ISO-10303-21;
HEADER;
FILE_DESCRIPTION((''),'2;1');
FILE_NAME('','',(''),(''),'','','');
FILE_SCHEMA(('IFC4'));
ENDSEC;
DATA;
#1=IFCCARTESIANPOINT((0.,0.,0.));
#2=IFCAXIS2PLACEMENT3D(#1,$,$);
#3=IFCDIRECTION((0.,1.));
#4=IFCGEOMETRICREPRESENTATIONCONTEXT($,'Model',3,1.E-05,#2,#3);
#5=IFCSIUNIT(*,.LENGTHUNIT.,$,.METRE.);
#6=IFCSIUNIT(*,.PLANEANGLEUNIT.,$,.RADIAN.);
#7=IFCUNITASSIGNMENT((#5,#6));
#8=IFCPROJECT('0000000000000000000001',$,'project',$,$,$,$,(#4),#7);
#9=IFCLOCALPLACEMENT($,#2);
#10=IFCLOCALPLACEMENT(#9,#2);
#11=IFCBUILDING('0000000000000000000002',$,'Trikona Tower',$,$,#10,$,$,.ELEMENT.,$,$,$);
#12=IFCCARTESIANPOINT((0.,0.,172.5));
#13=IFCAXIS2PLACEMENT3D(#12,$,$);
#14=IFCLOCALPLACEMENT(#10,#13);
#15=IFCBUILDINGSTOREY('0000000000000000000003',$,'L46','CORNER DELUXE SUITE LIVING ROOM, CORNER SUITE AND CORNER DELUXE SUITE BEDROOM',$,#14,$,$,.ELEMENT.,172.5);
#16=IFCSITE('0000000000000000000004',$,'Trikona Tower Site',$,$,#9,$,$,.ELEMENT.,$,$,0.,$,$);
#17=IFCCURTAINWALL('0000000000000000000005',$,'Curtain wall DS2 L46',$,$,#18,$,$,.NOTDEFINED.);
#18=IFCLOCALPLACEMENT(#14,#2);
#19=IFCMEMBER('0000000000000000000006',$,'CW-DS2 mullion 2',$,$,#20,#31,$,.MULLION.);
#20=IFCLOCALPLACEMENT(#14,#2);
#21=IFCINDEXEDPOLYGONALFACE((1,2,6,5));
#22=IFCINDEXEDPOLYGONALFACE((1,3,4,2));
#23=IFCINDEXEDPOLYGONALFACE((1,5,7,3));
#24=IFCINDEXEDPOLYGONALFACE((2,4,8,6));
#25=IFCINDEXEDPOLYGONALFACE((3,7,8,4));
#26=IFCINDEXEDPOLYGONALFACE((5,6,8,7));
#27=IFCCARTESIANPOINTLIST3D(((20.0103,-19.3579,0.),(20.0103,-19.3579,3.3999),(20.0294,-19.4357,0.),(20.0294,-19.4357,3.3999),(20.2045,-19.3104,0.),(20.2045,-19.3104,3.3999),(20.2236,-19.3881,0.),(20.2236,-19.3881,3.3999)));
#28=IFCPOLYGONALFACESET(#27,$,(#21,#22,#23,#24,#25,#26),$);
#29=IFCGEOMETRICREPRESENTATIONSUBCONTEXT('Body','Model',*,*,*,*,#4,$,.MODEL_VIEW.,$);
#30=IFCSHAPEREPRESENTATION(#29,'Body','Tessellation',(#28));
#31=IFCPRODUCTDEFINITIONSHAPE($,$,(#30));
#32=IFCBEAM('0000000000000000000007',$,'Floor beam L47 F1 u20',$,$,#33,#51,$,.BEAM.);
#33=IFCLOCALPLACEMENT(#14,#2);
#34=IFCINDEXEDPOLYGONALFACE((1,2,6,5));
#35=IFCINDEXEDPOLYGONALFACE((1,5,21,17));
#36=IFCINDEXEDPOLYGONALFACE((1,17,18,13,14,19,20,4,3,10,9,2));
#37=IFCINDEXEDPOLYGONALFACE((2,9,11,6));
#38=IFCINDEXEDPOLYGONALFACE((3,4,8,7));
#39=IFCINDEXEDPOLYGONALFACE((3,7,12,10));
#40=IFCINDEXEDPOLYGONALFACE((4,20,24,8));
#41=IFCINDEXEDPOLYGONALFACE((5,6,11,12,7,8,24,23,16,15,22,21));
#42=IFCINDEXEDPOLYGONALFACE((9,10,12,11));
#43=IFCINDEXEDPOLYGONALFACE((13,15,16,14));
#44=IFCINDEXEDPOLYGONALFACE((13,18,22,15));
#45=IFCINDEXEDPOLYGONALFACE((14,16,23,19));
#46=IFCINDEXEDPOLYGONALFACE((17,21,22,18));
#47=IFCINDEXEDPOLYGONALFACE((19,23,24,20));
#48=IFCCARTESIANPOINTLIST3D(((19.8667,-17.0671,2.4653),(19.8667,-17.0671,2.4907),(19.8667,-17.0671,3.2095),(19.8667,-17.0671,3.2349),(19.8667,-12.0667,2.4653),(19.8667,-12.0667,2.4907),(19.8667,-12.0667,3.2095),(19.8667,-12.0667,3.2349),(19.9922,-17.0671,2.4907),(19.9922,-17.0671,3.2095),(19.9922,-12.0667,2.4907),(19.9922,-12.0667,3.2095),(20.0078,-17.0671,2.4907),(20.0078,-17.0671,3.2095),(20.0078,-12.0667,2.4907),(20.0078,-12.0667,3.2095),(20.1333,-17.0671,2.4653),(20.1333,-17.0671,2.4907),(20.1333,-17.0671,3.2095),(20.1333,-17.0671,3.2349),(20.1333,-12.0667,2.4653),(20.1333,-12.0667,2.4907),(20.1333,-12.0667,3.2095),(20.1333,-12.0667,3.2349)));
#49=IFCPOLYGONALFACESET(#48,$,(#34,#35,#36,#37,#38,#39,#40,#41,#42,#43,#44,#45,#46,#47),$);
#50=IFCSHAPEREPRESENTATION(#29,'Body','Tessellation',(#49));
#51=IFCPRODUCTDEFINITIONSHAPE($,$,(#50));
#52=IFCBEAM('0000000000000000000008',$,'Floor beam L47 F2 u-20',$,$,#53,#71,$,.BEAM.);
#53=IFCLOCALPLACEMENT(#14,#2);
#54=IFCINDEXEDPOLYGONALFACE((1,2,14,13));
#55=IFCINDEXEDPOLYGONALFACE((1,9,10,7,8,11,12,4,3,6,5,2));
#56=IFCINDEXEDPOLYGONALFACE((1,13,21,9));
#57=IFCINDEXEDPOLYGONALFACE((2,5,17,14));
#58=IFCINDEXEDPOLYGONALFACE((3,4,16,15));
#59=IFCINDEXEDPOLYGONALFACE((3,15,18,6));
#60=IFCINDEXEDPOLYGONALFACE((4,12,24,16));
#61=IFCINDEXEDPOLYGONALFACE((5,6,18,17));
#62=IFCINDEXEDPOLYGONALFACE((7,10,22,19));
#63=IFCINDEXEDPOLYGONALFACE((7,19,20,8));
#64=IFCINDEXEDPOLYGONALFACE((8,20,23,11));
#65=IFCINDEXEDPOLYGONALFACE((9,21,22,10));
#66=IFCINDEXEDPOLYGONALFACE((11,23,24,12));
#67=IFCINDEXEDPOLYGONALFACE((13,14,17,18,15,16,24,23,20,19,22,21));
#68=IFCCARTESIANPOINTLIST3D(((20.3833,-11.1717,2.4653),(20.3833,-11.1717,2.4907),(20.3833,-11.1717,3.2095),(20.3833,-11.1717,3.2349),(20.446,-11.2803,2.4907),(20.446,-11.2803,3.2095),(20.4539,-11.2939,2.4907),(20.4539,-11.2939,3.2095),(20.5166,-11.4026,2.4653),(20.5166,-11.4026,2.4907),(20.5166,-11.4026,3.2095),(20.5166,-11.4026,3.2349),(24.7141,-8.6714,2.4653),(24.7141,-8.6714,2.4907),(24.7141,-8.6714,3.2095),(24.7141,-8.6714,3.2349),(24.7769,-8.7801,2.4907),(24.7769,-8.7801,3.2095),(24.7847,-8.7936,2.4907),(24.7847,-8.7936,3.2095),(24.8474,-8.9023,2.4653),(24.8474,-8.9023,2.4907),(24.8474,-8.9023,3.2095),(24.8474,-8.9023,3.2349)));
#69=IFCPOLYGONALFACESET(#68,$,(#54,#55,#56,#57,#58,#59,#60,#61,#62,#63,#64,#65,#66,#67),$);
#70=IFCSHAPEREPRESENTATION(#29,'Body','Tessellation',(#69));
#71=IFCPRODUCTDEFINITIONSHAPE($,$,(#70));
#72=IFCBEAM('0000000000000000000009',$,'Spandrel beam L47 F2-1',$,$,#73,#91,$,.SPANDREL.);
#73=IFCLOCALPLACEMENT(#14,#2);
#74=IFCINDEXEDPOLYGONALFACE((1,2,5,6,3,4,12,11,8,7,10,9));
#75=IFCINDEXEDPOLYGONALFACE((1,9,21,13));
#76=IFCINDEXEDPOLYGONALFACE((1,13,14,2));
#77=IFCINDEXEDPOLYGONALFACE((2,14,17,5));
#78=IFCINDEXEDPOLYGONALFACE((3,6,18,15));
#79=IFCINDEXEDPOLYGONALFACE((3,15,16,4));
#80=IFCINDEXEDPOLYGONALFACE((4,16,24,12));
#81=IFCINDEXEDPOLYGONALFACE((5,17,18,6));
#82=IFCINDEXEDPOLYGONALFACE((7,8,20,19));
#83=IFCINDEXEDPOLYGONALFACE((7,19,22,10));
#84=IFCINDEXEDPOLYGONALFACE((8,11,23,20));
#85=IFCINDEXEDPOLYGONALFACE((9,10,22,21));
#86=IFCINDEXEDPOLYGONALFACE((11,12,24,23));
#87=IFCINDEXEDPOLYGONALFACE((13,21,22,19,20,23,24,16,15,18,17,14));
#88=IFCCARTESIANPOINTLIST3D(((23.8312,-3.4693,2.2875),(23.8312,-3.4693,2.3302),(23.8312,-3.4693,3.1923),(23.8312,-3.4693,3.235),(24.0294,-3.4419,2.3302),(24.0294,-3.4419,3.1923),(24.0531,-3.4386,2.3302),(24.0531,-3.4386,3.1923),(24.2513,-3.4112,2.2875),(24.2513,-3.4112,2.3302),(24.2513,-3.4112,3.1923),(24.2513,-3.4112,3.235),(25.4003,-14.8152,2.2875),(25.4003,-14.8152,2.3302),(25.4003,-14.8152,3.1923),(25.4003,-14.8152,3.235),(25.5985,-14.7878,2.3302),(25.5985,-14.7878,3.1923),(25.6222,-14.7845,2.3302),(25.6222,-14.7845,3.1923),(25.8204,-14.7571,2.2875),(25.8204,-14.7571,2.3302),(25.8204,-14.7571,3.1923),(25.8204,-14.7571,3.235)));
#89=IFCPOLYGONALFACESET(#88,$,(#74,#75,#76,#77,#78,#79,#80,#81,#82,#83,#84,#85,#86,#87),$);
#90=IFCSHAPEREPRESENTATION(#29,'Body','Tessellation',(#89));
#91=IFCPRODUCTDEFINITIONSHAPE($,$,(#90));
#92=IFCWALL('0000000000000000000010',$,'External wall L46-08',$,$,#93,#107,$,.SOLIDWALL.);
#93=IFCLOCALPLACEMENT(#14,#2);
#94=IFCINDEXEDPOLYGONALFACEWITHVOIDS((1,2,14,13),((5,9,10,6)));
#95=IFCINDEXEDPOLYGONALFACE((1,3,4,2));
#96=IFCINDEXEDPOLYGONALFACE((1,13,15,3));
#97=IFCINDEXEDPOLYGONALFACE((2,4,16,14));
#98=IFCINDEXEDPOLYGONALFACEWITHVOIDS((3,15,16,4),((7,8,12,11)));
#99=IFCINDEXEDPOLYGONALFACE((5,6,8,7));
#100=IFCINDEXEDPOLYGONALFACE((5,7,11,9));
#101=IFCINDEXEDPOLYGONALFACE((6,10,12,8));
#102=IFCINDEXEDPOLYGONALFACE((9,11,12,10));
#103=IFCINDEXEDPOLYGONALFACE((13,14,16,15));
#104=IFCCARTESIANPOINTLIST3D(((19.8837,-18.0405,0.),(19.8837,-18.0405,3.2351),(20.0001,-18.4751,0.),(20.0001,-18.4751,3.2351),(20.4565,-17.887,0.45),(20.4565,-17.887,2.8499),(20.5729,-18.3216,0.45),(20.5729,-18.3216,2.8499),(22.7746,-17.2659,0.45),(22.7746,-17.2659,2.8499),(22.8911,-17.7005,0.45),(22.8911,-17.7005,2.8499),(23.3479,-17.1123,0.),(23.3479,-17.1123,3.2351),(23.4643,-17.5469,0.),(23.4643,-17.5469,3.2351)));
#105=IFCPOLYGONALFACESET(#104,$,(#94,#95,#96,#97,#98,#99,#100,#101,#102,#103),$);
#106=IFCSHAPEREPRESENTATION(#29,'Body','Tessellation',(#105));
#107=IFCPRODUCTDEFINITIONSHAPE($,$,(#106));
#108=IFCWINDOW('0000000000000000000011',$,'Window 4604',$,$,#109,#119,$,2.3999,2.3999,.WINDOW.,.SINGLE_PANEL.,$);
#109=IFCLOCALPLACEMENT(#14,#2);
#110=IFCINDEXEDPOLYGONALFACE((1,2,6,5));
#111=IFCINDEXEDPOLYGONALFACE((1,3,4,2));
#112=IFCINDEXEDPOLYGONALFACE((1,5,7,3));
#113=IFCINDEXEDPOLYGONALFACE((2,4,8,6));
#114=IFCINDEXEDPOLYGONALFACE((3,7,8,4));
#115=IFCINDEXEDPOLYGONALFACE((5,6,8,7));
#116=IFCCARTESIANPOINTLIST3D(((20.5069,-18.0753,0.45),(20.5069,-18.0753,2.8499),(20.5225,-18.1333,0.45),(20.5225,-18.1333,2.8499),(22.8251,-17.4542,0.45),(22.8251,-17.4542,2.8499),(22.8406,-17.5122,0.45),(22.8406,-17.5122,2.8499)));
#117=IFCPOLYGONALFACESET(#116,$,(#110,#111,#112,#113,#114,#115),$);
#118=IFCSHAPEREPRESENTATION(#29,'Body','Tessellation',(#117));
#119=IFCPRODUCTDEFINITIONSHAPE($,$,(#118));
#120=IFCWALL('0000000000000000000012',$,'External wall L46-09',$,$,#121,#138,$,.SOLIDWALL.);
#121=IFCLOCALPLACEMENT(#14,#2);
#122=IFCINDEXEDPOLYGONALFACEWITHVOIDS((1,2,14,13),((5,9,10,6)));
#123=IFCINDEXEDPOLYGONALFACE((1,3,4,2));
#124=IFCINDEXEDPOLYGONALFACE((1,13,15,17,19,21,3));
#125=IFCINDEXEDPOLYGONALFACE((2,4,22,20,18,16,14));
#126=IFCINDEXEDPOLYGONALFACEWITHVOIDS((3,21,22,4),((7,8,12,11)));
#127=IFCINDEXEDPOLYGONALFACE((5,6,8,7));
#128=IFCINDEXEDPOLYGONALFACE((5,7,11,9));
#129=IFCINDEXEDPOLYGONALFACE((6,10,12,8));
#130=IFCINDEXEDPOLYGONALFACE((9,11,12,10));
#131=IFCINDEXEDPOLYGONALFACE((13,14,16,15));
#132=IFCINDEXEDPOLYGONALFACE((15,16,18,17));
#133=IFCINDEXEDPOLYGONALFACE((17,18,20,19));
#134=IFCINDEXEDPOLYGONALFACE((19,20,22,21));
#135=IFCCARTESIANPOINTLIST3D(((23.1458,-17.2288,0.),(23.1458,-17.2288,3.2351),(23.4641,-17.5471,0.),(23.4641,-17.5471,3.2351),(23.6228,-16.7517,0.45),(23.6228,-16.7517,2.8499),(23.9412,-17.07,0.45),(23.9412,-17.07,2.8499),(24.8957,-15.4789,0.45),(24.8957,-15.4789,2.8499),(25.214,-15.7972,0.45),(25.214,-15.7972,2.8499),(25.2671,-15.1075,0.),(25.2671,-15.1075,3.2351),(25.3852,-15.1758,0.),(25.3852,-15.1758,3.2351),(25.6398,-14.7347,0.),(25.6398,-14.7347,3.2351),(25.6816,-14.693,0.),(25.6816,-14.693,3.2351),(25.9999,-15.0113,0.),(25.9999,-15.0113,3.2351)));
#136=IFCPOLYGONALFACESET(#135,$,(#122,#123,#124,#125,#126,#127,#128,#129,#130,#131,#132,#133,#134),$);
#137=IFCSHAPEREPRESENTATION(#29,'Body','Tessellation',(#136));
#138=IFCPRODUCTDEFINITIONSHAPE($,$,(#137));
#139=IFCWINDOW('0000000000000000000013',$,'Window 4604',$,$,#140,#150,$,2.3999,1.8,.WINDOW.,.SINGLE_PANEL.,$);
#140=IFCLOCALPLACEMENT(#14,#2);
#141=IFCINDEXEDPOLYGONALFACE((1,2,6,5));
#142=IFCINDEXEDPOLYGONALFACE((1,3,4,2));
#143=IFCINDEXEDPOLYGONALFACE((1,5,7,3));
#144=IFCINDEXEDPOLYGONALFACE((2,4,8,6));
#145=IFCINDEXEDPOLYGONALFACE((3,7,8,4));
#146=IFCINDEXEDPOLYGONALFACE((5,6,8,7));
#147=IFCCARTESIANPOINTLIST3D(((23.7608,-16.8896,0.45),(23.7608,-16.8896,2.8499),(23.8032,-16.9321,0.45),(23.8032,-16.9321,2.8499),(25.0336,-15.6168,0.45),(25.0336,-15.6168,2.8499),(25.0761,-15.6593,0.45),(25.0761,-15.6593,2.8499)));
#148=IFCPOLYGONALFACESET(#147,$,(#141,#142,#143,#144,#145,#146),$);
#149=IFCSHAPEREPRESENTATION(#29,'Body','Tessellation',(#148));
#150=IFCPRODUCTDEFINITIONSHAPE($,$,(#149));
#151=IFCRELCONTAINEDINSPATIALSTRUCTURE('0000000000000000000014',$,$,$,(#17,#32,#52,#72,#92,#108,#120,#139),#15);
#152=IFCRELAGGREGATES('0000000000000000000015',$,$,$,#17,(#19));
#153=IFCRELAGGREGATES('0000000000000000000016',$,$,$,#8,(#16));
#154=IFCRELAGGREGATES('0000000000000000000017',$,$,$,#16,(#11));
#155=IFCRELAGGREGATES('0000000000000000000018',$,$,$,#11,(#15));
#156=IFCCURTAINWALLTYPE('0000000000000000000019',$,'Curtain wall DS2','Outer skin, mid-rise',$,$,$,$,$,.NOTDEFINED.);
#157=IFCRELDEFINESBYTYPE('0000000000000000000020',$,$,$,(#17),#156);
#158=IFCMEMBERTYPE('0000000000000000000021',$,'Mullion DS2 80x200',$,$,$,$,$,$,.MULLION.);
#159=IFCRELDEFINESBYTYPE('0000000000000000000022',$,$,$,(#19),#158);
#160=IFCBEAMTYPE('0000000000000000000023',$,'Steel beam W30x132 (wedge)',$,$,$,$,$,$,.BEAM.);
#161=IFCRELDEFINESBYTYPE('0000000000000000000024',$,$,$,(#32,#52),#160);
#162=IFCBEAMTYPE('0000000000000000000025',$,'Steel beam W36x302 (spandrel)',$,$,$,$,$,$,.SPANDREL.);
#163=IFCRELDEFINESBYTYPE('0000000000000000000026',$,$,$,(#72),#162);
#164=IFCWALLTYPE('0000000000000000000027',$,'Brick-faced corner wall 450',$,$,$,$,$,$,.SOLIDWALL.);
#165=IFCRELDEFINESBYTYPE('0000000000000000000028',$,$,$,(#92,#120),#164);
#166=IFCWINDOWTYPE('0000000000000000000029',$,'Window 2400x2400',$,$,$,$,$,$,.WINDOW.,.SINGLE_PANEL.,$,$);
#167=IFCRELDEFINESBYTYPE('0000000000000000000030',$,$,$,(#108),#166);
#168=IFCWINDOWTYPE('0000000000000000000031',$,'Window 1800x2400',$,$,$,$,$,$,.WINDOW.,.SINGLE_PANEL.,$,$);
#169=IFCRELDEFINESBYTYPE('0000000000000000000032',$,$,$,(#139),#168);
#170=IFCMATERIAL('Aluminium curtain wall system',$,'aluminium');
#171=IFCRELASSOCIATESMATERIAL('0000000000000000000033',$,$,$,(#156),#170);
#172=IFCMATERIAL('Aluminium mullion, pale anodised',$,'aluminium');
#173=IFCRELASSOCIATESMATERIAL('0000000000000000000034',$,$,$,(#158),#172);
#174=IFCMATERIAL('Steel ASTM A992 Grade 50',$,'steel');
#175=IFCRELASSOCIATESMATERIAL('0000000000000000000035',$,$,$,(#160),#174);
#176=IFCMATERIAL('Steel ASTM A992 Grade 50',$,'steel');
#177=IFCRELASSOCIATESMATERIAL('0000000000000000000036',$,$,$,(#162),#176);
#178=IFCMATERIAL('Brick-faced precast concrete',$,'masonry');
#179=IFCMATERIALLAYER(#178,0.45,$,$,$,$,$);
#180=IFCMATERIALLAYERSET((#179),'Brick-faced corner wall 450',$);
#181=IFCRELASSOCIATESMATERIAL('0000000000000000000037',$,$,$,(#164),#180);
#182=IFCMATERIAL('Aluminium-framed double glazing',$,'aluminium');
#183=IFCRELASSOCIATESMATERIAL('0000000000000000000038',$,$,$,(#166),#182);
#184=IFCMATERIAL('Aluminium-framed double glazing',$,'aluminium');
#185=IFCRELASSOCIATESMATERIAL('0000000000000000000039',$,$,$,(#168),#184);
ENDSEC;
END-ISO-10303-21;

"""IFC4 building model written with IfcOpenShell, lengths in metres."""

from ifc_helpers import new_model, si_unit, direction, frame, frame_2d, origin, origin_2d, place, context, subcontext, project, spatial, polyline, rectangle, i_section, outline, extrude, material, layer, layer_set, material_profile, profile_set, type_object, element, fill, aggregate, save


model = new_model("IFC4")

# Units and contexts
model_context = context("Model", 3, precision=1e-05, world=origin(), true_north=direction((0.0, 1.0)))
body_context = subcontext(model_context, "Body", "Model", "MODEL_VIEW")
ifc_project = project(units=[si_unit("LENGTHUNIT", "METRE"), si_unit("PLANEANGLEUNIT", "RADIAN")], contexts=[model_context])

# Site, building, storey
site_placement = place(None, origin())
site = spatial("IfcSite", under=ifc_project, at=site_placement, Name="Trikona Tower Site", CompositionType="ELEMENT", RefElevation=0.0)
building_placement = place(site_placement, origin())
building = spatial("IfcBuilding", under=site, at=building_placement, Name="Trikona Tower", CompositionType="ELEMENT")
storey_placement = place(building_placement, frame((0.0, 0.0, 172.5)))
storey = spatial("IfcBuildingStorey", under=building, at=storey_placement, Name="L46", Description="CORNER DELUXE SUITE LIVING ROOM, CORNER SUITE AND CORNER DELUXE SUITE BEDROOM", CompositionType="ELEMENT", Elevation=172.5)

# Curtain wall, member
ifc_material_1 = material(Name="Aluminium curtain wall system", Category="aluminium")
curtain_wall_type = type_object("IfcCurtainWallType", Name="Curtain wall DS2", Description="Outer skin, mid-rise", PredefinedType="NOTDEFINED", material=ifc_material_1)
curtain_wall_placement = place(storey_placement, origin())
curtain_wall = element("IfcCurtainWall", 1, at=curtain_wall_placement, inside=storey, type_object=curtain_wall_type, Name="Curtain wall DS2 L46", PredefinedType="NOTDEFINED")
ifc_material_2 = material(Name="Aluminium mullion, pale anodised", Category="aluminium")
ifc_material_profile_1 = material_profile(ifc_material_2, rectangle(XDim=0.0801, YDim=0.2, at=origin_2d()), Name="MUL-DS2")
ifc_profile_set_1 = profile_set([ifc_material_profile_1], Name="Aluminium mullion, pale anodised")
member_type = type_object("IfcMemberType", Name="Mullion DS2 80x200", PredefinedType="MULLION", material=ifc_profile_set_1)
member_placement = place(storey_placement, frame((20.1169, -19.373, 0.0), z_axis=(0.0, 0.0, 1.0), x_axis=(-0.23797, 0.971272, 0.0)))
member = element("IfcMember", 2, at=member_placement, type_object=member_type, Name="CW-DS2 mullion 2", PredefinedType="MULLION", context=body_context, shape_type="SweptSolid", body=[
    extrude(rectangle(XDim=0.0801, YDim=0.2, at=origin_2d()), origin(), (0.0, 0.0, 1.0), 3.3999),
])
aggregate(curtain_wall, [member])

# Beams
ifc_material_3 = material(Name="Steel ASTM A992 Grade 50", Category="steel")
ifc_material_profile_2 = material_profile(ifc_material_3, i_section(OverallWidth=0.2666, OverallDepth=0.7695, WebThickness=0.0156, FlangeThickness=0.0254, at=origin_2d()), Name="W30X132")
ifc_profile_set_2 = profile_set([ifc_material_profile_2], Name="Steel ASTM A992 Grade 50")
beam_type_1 = type_object("IfcBeamType", Name="Steel beam W30x132 (wedge)", PredefinedType="BEAM", material=ifc_profile_set_2)
beam_1_placement = place(storey_placement, frame((20.0, -12.0667, 2.8501), z_axis=(0.0, -1.0, 0.0), x_axis=(1.0, 0.0, 0.0)))
element("IfcBeam", 3, at=beam_1_placement, inside=storey, type_object=beam_type_1, Name="Floor beam L47 F1 u20", PredefinedType="BEAM", context=body_context, shape_type="SweptSolid", body=[
    extrude(i_section(OverallWidth=0.2666, OverallDepth=0.7695, WebThickness=0.0156, FlangeThickness=0.0254, at=origin_2d()), origin(), (0.0, 0.0, 1.0), 5.0005),
])
beam_2_placement = place(storey_placement, frame((20.45, -11.2871, 2.8501), z_axis=(0.866038, 0.499977, 0.0), x_axis=(-0.499977, 0.866038, 0.0)))
element("IfcBeam", 4, at=beam_2_placement, inside=storey, type_object=beam_type_1, Name="Floor beam L47 F2 u-20", PredefinedType="BEAM", context=body_context, shape_type="SweptSolid", body=[
    extrude(i_section(OverallWidth=0.2666, OverallDepth=0.7695, WebThickness=0.0156, FlangeThickness=0.0254, at=origin_2d()), origin(), (0.0, 0.0, 1.0), 5.0007),
])
ifc_material_4 = material(Name="Steel ASTM A992 Grade 50", Category="steel")
ifc_material_profile_3 = material_profile(ifc_material_4, i_section(OverallWidth=0.4241, OverallDepth=0.9475, WebThickness=0.0239, FlangeThickness=0.0427, at=origin_2d()), Name="W36X302")
ifc_profile_set_3 = profile_set([ifc_material_profile_3], Name="Steel ASTM A992 Grade 50")
beam_type_2 = type_object("IfcBeamType", Name="Steel beam W36x302 (spandrel)", PredefinedType="SPANDREL", material=ifc_profile_set_3)
beam_3_placement = place(storey_placement, frame((25.6104, -14.7861, 2.7612), z_axis=(-0.136992, 0.990572, 0.0), x_axis=(-0.990572, -0.136992, 0.0)))
element("IfcBeam", 5, at=beam_3_placement, inside=storey, type_object=beam_type_2, Name="Spandrel beam L47 F2-1", PredefinedType="SPANDREL", context=body_context, shape_type="SweptSolid", body=[
    extrude(i_section(OverallWidth=0.4241, OverallDepth=0.9475, WebThickness=0.0239, FlangeThickness=0.0427, at=origin_2d()), origin(), (0.0, 0.0, 1.0), 11.4539),
])

# Walls, openings, windows
ifc_material_5 = material(Name="Brick-faced precast concrete", Category="masonry")
ifc_layer_1 = layer(ifc_material_5, 0.45)
ifc_layer_set_1 = layer_set([ifc_layer_1], Name="Brick-faced corner wall 450")
wall_type_1 = type_object("IfcWallType", Name="Brick-faced corner wall 450", PredefinedType="SOLIDWALL", material=ifc_layer_set_1)
wall_1_placement = place(storey_placement, frame((19.9419, -18.2578, 0.0), z_axis=(0.0, 0.0, 1.0), x_axis=(0.965925, 0.258823, 0.0)))
wall_1 = element("IfcWall", 6, at=wall_1_placement, inside=storey, type_object=wall_type_1, Name="External wall L46-08", PredefinedType="SOLIDWALL", context=body_context, shape_type="SweptSolid", body=[
    extrude(rectangle(XDim=3.5864, YDim=0.45, at=frame_2d((1.7932, 0.0))), origin(), (0.0, 0.0, 1.0), 3.2351),
])
opening_1_placement = place(wall_1_placement, frame((0.593, 0.0, 0.45)))
opening_1 = element("IfcOpeningElement", 7, at=opening_1_placement, cuts=wall_1, PredefinedType="OPENING", context=body_context, shape_type="SweptSolid", body=[
    extrude(rectangle(XDim=2.3999, YDim=2.3999, at=frame_2d((1.2, 1.2))), frame((0.0, 0.2349, 0.0), z_axis=(0.0, -1.0, 0.0), x_axis=(1.0, 0.0, 0.0)), (0.0, 0.0, 1.0), 0.47),
])
ifc_material_6 = material(Name="Aluminium-framed double glazing", Category="aluminium")
window_type_1 = type_object("IfcWindowType", Name="Window 2400x2400", PartitioningType="SINGLE_PANEL", PredefinedType="WINDOW", material=ifc_material_6)
window_1_placement = place(opening_1_placement, origin())
window_1 = element("IfcWindow", 8, at=window_1_placement, inside=storey, type_object=window_type_1, Name="Window 4604", OverallHeight=2.3999, OverallWidth=2.3999, PartitioningType="SINGLE_PANEL", PredefinedType="WINDOW", context=body_context, shape_type="SweptSolid", body=[
    extrude(rectangle(XDim=2.3999, YDim=2.3999, at=frame_2d((1.2, 1.2))), frame((0.0, 0.03, 0.0), z_axis=(0.0, -1.0, 0.0), x_axis=(1.0, 0.0, 0.0)), (0.0, 0.0, 1.0), 0.0601),
])
fill(opening_1, window_1)
wall_2_placement = place(storey_placement, frame((23.3049, -17.3879, 0.0), z_axis=(0.0, 0.0, 1.0), x_axis=(0.707107, 0.707107, 0.0)))
wall_2 = element("IfcWall", 9, at=wall_2_placement, inside=storey, type_object=wall_type_1, Name="External wall L46-09", PredefinedType="SOLIDWALL", context=body_context, shape_type="SweptSolid", body=[
    extrude(outline(polyline([(3.5862, 0.2251), (3.5271, 0.2251), (3.0352, 0.0933), (3.0, 0.2251), (0.0, 0.2251), (0.0, -0.2251), (3.5862, -0.2251), (3.5862, 0.2251)])), origin(), (0.0, 0.0, 1.0), 3.2351),
])
opening_2_placement = place(wall_2_placement, frame((0.6748, 0.0, 0.45)))
opening_2 = element("IfcOpeningElement", 10, at=opening_2_placement, cuts=wall_2, PredefinedType="OPENING", context=body_context, shape_type="SweptSolid", body=[
    extrude(rectangle(XDim=1.8, YDim=2.3999, at=frame_2d((0.8999, 1.2))), frame((0.0, 0.2349, 0.0), z_axis=(0.0, -1.0, 0.0), x_axis=(1.0, 0.0, 0.0)), (0.0, 0.0, 1.0), 0.47),
])
ifc_material_7 = material(Name="Aluminium-framed double glazing", Category="aluminium")
window_type_2 = type_object("IfcWindowType", Name="Window 1800x2400", PartitioningType="SINGLE_PANEL", PredefinedType="WINDOW", material=ifc_material_7)
window_2_placement = place(opening_2_placement, origin())
window_2 = element("IfcWindow", 11, at=window_2_placement, inside=storey, type_object=window_type_2, Name="Window 4604", OverallHeight=2.3999, OverallWidth=1.8, PartitioningType="SINGLE_PANEL", PredefinedType="WINDOW", context=body_context, shape_type="SweptSolid", body=[
    extrude(rectangle(XDim=1.8, YDim=2.3999, at=frame_2d((0.8999, 1.2))), frame((0.0, 0.03, 0.0), z_axis=(0.0, -1.0, 0.0), x_axis=(1.0, 0.0, 0.0)), (0.0, 0.0, 1.0), 0.0601),
])
fill(opening_2, window_2)

save(model, "model.ifc")
